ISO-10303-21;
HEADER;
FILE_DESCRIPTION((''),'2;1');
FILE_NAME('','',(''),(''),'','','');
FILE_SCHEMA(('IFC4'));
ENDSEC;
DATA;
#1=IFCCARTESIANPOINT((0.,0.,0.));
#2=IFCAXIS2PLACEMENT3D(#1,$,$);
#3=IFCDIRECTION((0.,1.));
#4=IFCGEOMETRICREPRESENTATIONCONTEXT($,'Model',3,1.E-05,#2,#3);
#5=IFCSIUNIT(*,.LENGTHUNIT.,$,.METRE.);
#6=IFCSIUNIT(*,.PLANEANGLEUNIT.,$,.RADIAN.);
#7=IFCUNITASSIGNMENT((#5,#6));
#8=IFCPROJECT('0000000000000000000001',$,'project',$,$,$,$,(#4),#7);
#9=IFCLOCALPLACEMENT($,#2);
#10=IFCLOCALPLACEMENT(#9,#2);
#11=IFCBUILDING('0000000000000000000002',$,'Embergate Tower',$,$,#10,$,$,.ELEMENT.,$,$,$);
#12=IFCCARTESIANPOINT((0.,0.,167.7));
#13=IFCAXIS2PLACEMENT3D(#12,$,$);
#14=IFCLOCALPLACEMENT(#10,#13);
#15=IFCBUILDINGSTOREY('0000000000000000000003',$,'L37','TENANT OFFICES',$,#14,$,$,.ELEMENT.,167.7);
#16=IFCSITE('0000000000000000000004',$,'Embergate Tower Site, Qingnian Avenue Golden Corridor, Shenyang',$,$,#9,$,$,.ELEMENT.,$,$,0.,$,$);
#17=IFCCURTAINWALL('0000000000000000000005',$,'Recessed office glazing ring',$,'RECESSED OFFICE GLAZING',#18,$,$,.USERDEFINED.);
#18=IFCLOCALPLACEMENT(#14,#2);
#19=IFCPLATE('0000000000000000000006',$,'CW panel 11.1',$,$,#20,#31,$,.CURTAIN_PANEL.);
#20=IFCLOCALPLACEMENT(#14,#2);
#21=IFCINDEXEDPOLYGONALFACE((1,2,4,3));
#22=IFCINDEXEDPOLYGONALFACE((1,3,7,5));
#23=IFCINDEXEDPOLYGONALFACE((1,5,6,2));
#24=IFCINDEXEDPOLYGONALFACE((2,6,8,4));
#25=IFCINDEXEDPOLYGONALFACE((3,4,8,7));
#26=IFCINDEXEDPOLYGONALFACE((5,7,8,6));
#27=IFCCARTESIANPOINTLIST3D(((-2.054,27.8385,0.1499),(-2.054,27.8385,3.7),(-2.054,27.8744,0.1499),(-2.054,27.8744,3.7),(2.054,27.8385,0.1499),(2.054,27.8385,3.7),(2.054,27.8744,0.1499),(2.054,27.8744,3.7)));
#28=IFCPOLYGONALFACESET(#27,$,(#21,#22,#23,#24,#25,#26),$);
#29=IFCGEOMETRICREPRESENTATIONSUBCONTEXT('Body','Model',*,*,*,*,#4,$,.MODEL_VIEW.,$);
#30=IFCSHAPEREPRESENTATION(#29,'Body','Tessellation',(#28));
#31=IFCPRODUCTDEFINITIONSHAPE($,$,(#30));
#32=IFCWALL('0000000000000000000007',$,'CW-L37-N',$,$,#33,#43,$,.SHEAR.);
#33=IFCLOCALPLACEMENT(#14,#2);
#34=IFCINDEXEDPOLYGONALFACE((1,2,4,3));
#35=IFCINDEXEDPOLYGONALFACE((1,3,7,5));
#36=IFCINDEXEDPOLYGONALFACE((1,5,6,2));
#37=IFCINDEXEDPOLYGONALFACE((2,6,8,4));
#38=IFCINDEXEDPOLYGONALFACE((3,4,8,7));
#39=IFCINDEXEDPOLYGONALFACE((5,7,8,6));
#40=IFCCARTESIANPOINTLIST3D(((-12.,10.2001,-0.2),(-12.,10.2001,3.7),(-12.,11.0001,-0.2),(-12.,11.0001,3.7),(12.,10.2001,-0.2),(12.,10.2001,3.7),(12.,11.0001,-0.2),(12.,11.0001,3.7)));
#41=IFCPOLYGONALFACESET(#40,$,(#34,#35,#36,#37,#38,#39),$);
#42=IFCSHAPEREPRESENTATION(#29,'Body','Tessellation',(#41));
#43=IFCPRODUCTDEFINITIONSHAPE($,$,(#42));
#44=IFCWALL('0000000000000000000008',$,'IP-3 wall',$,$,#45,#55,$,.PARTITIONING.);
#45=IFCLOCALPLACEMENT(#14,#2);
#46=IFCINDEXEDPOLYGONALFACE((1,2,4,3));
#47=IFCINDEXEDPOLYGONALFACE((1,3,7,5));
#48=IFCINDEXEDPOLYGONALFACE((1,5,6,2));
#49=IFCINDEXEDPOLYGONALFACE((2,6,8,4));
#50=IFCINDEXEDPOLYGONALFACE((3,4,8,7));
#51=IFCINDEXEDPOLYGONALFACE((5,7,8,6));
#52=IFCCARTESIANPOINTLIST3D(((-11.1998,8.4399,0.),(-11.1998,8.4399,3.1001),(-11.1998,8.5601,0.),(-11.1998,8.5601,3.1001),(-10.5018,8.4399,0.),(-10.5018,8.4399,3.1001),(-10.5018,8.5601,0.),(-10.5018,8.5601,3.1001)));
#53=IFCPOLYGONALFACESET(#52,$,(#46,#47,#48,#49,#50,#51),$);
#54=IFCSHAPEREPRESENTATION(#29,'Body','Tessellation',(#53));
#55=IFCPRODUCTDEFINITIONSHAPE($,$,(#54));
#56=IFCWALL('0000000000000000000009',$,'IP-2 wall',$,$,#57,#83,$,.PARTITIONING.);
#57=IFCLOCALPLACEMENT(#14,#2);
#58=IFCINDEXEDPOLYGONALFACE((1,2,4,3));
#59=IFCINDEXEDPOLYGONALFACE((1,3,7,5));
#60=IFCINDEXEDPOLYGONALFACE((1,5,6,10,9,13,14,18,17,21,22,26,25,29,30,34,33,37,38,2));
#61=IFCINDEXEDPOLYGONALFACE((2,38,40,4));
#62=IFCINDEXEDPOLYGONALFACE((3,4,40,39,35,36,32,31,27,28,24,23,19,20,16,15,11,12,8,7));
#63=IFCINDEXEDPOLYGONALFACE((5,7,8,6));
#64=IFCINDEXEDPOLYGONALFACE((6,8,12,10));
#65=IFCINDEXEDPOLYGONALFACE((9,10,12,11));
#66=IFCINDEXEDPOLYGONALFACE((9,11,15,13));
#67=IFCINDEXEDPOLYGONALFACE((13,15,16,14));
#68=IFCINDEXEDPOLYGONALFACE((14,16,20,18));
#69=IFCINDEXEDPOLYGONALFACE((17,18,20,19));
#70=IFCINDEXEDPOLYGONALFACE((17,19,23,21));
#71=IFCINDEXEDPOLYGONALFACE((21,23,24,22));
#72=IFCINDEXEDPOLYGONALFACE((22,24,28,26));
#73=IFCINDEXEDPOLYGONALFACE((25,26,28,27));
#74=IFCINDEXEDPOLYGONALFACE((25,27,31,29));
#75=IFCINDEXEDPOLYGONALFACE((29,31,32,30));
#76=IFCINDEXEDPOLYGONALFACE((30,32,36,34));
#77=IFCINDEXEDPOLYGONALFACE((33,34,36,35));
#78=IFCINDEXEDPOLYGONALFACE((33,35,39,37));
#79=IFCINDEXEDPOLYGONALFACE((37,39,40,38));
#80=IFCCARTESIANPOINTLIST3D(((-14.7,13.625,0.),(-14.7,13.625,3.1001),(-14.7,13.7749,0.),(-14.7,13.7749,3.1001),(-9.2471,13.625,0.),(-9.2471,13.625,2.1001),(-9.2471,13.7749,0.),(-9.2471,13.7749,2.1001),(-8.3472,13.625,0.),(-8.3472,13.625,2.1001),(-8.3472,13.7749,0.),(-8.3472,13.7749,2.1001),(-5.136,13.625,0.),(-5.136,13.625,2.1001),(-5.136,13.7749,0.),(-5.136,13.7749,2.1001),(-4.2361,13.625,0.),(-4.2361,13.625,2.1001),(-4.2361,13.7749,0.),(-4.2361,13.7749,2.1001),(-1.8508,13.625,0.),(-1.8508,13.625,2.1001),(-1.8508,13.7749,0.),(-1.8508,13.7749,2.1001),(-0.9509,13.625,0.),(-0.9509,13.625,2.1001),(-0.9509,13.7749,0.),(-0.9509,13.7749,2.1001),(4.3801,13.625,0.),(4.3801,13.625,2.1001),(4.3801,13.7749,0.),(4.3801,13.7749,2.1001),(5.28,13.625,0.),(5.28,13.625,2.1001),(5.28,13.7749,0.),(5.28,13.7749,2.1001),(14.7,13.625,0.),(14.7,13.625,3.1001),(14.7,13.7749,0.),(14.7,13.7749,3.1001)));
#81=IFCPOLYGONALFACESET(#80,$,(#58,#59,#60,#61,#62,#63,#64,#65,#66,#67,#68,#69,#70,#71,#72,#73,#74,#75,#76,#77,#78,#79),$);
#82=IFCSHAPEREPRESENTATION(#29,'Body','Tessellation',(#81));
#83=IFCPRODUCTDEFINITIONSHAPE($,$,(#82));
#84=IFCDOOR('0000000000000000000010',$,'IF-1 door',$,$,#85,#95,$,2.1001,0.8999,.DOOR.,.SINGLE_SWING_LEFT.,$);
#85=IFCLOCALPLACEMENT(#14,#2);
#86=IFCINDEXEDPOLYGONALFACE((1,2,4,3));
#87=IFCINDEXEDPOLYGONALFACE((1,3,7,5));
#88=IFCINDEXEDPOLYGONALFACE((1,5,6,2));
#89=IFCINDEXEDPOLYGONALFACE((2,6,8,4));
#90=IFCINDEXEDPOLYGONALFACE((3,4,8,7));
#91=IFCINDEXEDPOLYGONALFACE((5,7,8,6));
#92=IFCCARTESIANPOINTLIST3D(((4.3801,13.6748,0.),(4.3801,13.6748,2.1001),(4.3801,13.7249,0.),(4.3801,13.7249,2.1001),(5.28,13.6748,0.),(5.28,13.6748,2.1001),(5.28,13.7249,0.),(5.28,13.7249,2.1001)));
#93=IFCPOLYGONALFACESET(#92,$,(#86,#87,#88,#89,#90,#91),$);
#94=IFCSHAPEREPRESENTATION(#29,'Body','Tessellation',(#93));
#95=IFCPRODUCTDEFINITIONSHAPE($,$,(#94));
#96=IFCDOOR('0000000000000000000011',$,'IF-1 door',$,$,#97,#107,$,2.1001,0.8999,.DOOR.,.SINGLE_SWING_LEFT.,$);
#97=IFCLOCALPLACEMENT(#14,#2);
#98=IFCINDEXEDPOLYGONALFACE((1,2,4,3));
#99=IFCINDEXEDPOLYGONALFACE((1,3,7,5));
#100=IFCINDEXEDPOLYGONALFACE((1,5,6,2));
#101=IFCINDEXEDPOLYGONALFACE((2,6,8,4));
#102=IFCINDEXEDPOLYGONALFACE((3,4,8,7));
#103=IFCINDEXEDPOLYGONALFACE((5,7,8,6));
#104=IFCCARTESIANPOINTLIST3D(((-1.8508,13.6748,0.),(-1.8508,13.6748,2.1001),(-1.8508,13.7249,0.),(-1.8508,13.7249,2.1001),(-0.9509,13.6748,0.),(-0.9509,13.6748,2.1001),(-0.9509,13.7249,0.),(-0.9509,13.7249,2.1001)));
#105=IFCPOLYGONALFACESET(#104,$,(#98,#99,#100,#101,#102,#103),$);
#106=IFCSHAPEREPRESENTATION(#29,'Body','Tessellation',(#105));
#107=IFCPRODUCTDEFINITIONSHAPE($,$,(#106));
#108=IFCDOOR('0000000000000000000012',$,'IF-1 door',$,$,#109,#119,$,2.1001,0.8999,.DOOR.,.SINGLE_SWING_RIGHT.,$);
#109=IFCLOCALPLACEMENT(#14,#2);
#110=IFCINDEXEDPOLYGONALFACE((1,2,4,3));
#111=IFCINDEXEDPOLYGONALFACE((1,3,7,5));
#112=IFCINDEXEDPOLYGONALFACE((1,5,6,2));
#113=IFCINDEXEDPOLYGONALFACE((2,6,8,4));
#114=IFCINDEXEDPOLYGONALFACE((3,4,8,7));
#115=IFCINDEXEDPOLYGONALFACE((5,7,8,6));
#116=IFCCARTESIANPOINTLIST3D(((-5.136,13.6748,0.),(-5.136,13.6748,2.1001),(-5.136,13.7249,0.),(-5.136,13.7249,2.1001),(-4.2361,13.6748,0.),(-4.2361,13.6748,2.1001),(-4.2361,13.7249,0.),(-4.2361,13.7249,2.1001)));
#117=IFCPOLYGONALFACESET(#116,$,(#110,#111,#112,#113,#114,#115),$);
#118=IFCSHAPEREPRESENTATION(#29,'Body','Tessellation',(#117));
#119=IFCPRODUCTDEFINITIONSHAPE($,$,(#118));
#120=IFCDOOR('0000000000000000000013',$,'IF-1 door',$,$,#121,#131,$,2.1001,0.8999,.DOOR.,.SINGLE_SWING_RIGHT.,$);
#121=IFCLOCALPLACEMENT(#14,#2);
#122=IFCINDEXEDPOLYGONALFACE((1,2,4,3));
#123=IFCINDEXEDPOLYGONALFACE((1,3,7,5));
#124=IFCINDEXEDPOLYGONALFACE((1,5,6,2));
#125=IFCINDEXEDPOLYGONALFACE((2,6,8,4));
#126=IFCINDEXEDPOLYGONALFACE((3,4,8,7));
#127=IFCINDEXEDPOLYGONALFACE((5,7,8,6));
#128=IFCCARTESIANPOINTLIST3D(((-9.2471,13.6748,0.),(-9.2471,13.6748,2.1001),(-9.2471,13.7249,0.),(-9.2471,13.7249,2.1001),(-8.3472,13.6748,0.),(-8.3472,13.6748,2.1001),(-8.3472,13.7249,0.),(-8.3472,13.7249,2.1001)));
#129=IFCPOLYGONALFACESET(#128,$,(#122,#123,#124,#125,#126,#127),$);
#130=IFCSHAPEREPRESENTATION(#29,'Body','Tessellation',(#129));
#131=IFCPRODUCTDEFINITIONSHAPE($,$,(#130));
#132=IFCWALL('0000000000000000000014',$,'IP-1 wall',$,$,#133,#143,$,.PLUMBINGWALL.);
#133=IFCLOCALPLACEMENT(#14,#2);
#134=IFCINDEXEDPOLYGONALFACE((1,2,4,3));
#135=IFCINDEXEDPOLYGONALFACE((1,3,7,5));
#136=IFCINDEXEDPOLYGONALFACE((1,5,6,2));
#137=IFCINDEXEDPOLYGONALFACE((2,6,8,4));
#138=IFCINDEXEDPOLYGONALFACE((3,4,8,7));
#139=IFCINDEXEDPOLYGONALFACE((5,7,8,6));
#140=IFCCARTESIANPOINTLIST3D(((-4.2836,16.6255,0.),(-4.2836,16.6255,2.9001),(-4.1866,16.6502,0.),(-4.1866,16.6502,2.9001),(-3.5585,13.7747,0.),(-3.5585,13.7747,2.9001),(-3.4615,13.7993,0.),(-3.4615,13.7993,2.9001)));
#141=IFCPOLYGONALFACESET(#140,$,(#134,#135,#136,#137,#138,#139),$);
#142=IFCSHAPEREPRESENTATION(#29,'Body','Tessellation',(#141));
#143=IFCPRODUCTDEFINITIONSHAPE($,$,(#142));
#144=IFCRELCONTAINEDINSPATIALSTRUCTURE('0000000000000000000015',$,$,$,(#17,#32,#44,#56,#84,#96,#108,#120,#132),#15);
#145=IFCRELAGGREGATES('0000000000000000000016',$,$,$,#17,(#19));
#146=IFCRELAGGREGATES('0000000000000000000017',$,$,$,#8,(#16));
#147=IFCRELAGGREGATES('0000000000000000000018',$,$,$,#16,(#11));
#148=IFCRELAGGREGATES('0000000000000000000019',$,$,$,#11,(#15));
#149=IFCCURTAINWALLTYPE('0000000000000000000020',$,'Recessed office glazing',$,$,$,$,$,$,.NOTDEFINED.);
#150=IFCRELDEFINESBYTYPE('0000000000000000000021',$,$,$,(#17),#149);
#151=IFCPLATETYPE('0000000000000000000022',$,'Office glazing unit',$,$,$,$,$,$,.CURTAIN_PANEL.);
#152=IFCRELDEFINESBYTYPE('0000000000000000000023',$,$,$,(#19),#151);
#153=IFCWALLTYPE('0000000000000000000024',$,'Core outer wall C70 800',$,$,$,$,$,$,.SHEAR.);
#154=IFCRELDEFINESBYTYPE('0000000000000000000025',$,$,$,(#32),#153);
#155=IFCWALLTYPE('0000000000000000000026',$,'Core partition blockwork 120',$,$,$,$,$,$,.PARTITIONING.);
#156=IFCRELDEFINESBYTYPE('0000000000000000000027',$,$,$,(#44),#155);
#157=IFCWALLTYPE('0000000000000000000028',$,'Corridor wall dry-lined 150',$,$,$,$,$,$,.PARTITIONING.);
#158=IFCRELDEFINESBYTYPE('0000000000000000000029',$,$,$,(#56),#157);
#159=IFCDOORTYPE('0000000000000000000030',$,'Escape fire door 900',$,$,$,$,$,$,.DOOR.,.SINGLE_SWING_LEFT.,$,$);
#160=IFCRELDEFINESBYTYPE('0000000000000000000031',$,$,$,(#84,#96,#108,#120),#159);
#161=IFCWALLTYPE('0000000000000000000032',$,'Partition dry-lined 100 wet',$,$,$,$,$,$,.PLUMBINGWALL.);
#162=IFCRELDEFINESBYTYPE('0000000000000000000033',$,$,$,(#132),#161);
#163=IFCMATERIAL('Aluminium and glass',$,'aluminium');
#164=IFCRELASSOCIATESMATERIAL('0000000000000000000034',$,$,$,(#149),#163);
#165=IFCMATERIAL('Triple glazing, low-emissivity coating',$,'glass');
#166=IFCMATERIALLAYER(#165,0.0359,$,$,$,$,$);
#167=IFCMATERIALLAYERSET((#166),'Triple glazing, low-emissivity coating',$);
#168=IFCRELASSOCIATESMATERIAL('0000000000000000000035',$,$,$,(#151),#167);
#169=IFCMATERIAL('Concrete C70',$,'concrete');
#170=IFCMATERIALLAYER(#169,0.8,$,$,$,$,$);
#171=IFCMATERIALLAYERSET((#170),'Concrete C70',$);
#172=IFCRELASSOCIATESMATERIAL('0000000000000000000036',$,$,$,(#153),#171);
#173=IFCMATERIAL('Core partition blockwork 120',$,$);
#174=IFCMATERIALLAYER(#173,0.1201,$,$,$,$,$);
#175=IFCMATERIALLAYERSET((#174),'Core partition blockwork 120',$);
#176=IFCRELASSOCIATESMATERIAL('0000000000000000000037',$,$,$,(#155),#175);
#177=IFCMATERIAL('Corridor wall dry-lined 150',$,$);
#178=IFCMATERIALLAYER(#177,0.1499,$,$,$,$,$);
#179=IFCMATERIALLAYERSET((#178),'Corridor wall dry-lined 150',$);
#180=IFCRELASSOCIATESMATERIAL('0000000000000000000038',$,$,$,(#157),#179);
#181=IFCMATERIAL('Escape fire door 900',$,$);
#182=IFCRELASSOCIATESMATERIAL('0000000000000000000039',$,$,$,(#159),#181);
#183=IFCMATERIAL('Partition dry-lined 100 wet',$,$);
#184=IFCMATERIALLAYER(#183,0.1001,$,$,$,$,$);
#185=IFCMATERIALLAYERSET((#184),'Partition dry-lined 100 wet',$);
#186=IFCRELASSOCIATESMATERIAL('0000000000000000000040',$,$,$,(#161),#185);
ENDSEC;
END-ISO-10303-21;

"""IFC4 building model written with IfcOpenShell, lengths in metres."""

from ifc_helpers import new_model, si_unit, direction, frame, frame_2d, origin, origin_2d, place, context, subcontext, project, spatial, rectangle, extrude, source, transform, mapped, material, layer, layer_set, type_object, element, fill, aggregate, save


model = new_model("IFC4")

# Units and contexts
model_context = context("Model", 3, precision=1e-05, world=origin(), true_north=direction((0.0, 1.0)))
body_context = subcontext(model_context, "Body", "Model", "MODEL_VIEW")
ifc_project = project(units=[si_unit("LENGTHUNIT", "METRE"), si_unit("PLANEANGLEUNIT", "RADIAN")], contexts=[model_context])

# Site, building, storey
site_placement = place(None, origin())
site = spatial("IfcSite", under=ifc_project, at=site_placement, Name="Embergate Tower Site, Qingnian Avenue Golden Corridor, Shenyang", CompositionType="ELEMENT", RefElevation=0.0)
building_placement = place(site_placement, origin())
building = spatial("IfcBuilding", under=site, at=building_placement, Name="Embergate Tower", CompositionType="ELEMENT")
storey_placement = place(building_placement, frame((0.0, 0.0, 167.7)))
storey = spatial("IfcBuildingStorey", under=building, at=storey_placement, Name="L37", Description="TENANT OFFICES", CompositionType="ELEMENT", Elevation=167.7)

# Shared definitions
ifc_material_1 = material(Name="Concrete C70", Category="concrete")

# Curtain wall, plate
ifc_material_2 = material(Name="Aluminium and glass", Category="aluminium")
curtain_wall_type = type_object("IfcCurtainWallType", Name="Recessed office glazing", PredefinedType="NOTDEFINED", material=ifc_material_2)
curtain_wall_placement = place(storey_placement, origin())
curtain_wall = element("IfcCurtainWall", 1, at=curtain_wall_placement, inside=storey, type_object=curtain_wall_type, Name="Recessed office glazing ring", ObjectType="RECESSED OFFICE GLAZING", PredefinedType="USERDEFINED")
ifc_material_3 = material(Name="Triple glazing, low-emissivity coating", Category="glass")
ifc_layer_1 = layer(ifc_material_3, 0.0359)
ifc_layer_set_1 = layer_set([ifc_layer_1], Name="Triple glazing, low-emissivity coating")
plate_type = type_object("IfcPlateType", Name="Office glazing unit", PredefinedType="CURTAIN_PANEL", material=ifc_layer_set_1)
shared_shape_1 = source(origin(), body_context, "Body", "SweptSolid", [
    extrude(rectangle(XDim=4.1079, YDim=0.0359, at=origin_2d()), origin(), (0.0, 0.0, 1.0), 3.55),
])
plate_1_placement = place(storey_placement, frame((0.0, 27.8564, 0.1499), z_axis=(0.0, 0.0, 1.0), x_axis=(-1.0, 0.0, 0.0)))
plate_1 = element("IfcPlate", 2, at=plate_1_placement, type_object=plate_type, Name="CW panel 11.1", PredefinedType="CURTAIN_PANEL", context=body_context, shape_type="MappedRepresentation", body=[
    mapped(shared_shape_1, transform((0.0, 0.0, 0.0))),
])
aggregate(curtain_wall, [plate_1])

# Walls
ifc_layer_2 = layer(ifc_material_1, 0.8)
ifc_layer_set_2 = layer_set([ifc_layer_2], Name="Concrete C70")
wall_type_1 = type_object("IfcWallType", Name="Core outer wall C70 800", PredefinedType="SHEAR", material=ifc_layer_set_2)
shared_shape_2 = source(origin(), body_context, "Body", "SweptSolid", [
    extrude(rectangle(XDim=24.0, YDim=0.8, at=frame_2d((12.0, 0.0))), origin(), (0.0, 0.0, 1.0), 3.8999),
])
wall_1_placement = place(storey_placement, frame((-12.0, 10.6001, -0.2), z_axis=(0.0, 0.0, 1.0), x_axis=(1.0, 0.0, 0.0)))
element("IfcWall", 3, at=wall_1_placement, inside=storey, type_object=wall_type_1, Name="CW-L37-N", PredefinedType="SHEAR", context=body_context, shape_type="MappedRepresentation", body=[
    mapped(shared_shape_2, transform((0.0, 0.0, 0.0))),
])
ifc_material_4 = material(Name="Core partition blockwork 120")
ifc_layer_3 = layer(ifc_material_4, 0.1201)
ifc_layer_set_3 = layer_set([ifc_layer_3], Name="Core partition blockwork 120")
wall_type_2 = type_object("IfcWallType", Name="Core partition blockwork 120", PredefinedType="PARTITIONING", material=ifc_layer_set_3)
shared_shape_3 = source(origin(), body_context, "Body", "SweptSolid", [
    extrude(rectangle(XDim=0.698, YDim=0.1201, at=frame_2d((0.3491, 0.0))), origin(), (0.0, 0.0, 1.0), 3.1001),
])
wall_2_placement = place(storey_placement, frame((-11.2, 8.5, 0.0), z_axis=(0.0, 0.0, 1.0), x_axis=(1.0, 0.0, 0.0)))
element("IfcWall", 4, at=wall_2_placement, inside=storey, type_object=wall_type_2, Name="IP-3 wall", PredefinedType="PARTITIONING", context=body_context, shape_type="MappedRepresentation", body=[
    mapped(shared_shape_3, transform((0.0, 0.0, 0.0))),
])

# Wall, openings, doors
ifc_material_5 = material(Name="Corridor wall dry-lined 150")
ifc_layer_4 = layer(ifc_material_5, 0.1499)
ifc_layer_set_4 = layer_set([ifc_layer_4], Name="Corridor wall dry-lined 150")
wall_type_3 = type_object("IfcWallType", Name="Corridor wall dry-lined 150", PredefinedType="PARTITIONING", material=ifc_layer_set_4)
shared_shape_4 = source(origin(), body_context, "Body", "SweptSolid", [
    extrude(rectangle(XDim=29.3999, YDim=0.1499, at=frame_2d((14.7, 0.0))), origin(), (0.0, 0.0, 1.0), 3.1001),
])
wall_3_placement = place(storey_placement, frame((-14.7, 13.7, 0.0), z_axis=(0.0, 0.0, 1.0), x_axis=(1.0, 0.0, 0.0)))
wall_3 = element("IfcWall", 5, at=wall_3_placement, inside=storey, type_object=wall_type_3, Name="IP-2 wall", PredefinedType="PARTITIONING", context=body_context, shape_type="MappedRepresentation", body=[
    mapped(shared_shape_4, transform((0.0, 0.0, 0.0))),
])
shared_shape_5 = source(origin(), body_context, "Body", "SweptSolid", [
    extrude(rectangle(XDim=0.8999, YDim=2.1001, at=frame_2d((0.45, 1.05))), frame((0.0, 0.085, 0.0), z_axis=(0.0, -1.0, 0.0), x_axis=(1.0, 0.0, 0.0)), (0.0, 0.0, 1.0), 0.1699),
])
opening_1_placement = place(wall_3_placement, frame((19.0801, 0.0, 0.0)))
opening_1 = element("IfcOpeningElement", 6, at=opening_1_placement, cuts=wall_3, PredefinedType="OPENING", context=body_context, shape_type="MappedRepresentation", body=[
    mapped(shared_shape_5, transform((0.0, 0.0, 0.0))),
])
opening_2_placement = place(wall_3_placement, frame((12.8491, 0.0, 0.0)))
opening_2 = element("IfcOpeningElement", 7, at=opening_2_placement, cuts=wall_3, PredefinedType="OPENING", context=body_context, shape_type="MappedRepresentation", body=[
    mapped(shared_shape_5, transform((0.0, 0.0, 0.0))),
])
opening_3_placement = place(wall_3_placement, frame((9.564, 0.0, 0.0)))
opening_3 = element("IfcOpeningElement", 8, at=opening_3_placement, cuts=wall_3, PredefinedType="OPENING", context=body_context, shape_type="MappedRepresentation", body=[
    mapped(shared_shape_5, transform((0.0, 0.0, 0.0))),
])
opening_4_placement = place(wall_3_placement, frame((5.4529, 0.0, 0.0)))
opening_4 = element("IfcOpeningElement", 9, at=opening_4_placement, cuts=wall_3, PredefinedType="OPENING", context=body_context, shape_type="MappedRepresentation", body=[
    mapped(shared_shape_5, transform((0.0, 0.0, 0.0))),
])
ifc_material_6 = material(Name="Escape fire door 900")
door_type_1 = type_object("IfcDoorType", Name="Escape fire door 900", OperationType="SINGLE_SWING_LEFT", PredefinedType="DOOR", material=ifc_material_6)
shared_shape_6 = source(origin(), body_context, "Body", "SweptSolid", [
    extrude(rectangle(XDim=0.8999, YDim=2.1001, at=frame_2d((0.45, 1.05))), frame((0.0, 0.0249, 0.0), z_axis=(0.0, -1.0, 0.0), x_axis=(1.0, 0.0, 0.0)), (0.0, 0.0, 1.0), 0.05),
])
door_1_placement = place(opening_1_placement, origin())
door_1 = element("IfcDoor", 10, at=door_1_placement, inside=storey, type_object=door_type_1, Name="IF-1 door", OperationType="SINGLE_SWING_LEFT", OverallHeight=2.1001, OverallWidth=0.8999, PredefinedType="DOOR", context=body_context, shape_type="MappedRepresentation", body=[
    mapped(shared_shape_6, transform((0.0, 0.0, 0.0))),
])
fill(opening_1, door_1)
door_2_placement = place(opening_2_placement, origin())
door_2 = element("IfcDoor", 11, at=door_2_placement, inside=storey, type_object=door_type_1, Name="IF-1 door", OperationType="SINGLE_SWING_LEFT", OverallHeight=2.1001, OverallWidth=0.8999, PredefinedType="DOOR", context=body_context, shape_type="MappedRepresentation", body=[
    mapped(shared_shape_6, transform((0.0, 0.0, 0.0))),
])
fill(opening_2, door_2)
door_3_placement = place(opening_3_placement, origin())
door_3 = element("IfcDoor", 12, at=door_3_placement, inside=storey, type_object=door_type_1, Name="IF-1 door", OperationType="SINGLE_SWING_RIGHT", OverallHeight=2.1001, OverallWidth=0.8999, PredefinedType="DOOR", context=body_context, shape_type="MappedRepresentation", body=[
    mapped(shared_shape_6, transform((0.0, 0.0, 0.0))),
])
fill(opening_3, door_3)
door_4_placement = place(opening_4_placement, origin())
door_4 = element("IfcDoor", 13, at=door_4_placement, inside=storey, type_object=door_type_1, Name="IF-1 door", OperationType="SINGLE_SWING_RIGHT", OverallHeight=2.1001, OverallWidth=0.8999, PredefinedType="DOOR", context=body_context, shape_type="MappedRepresentation", body=[
    mapped(shared_shape_6, transform((0.0, 0.0, 0.0))),
])
fill(opening_4, door_4)

# Wall
ifc_material_7 = material(Name="Partition dry-lined 100 wet")
ifc_layer_5 = layer(ifc_material_7, 0.1001)
ifc_layer_set_5 = layer_set([ifc_layer_5], Name="Partition dry-lined 100 wet")
wall_type_4 = type_object("IfcWallType", Name="Partition dry-lined 100 wet", PredefinedType="PLUMBINGWALL", material=ifc_layer_set_5)
shared_shape_7 = source(origin(), body_context, "Body", "SweptSolid", [
    extrude(rectangle(XDim=2.9417, YDim=0.1001, at=frame_2d((1.4707, 0.0))), origin(), (0.0, 0.0, 1.0), 2.9001),
])
wall_4_placement = place(storey_placement, frame((-3.51, 13.7871, 0.0), z_axis=(0.0, 0.0, 1.0), x_axis=(-0.246498, 0.969143, 0.0)))
element("IfcWall", 14, at=wall_4_placement, inside=storey, type_object=wall_type_4, Name="IP-1 wall", PredefinedType="PLUMBINGWALL", context=body_context, shape_type="MappedRepresentation", body=[
    mapped(shared_shape_7, transform((0.0, 0.0, 0.0))),
])

save(model, "model.ifc")
